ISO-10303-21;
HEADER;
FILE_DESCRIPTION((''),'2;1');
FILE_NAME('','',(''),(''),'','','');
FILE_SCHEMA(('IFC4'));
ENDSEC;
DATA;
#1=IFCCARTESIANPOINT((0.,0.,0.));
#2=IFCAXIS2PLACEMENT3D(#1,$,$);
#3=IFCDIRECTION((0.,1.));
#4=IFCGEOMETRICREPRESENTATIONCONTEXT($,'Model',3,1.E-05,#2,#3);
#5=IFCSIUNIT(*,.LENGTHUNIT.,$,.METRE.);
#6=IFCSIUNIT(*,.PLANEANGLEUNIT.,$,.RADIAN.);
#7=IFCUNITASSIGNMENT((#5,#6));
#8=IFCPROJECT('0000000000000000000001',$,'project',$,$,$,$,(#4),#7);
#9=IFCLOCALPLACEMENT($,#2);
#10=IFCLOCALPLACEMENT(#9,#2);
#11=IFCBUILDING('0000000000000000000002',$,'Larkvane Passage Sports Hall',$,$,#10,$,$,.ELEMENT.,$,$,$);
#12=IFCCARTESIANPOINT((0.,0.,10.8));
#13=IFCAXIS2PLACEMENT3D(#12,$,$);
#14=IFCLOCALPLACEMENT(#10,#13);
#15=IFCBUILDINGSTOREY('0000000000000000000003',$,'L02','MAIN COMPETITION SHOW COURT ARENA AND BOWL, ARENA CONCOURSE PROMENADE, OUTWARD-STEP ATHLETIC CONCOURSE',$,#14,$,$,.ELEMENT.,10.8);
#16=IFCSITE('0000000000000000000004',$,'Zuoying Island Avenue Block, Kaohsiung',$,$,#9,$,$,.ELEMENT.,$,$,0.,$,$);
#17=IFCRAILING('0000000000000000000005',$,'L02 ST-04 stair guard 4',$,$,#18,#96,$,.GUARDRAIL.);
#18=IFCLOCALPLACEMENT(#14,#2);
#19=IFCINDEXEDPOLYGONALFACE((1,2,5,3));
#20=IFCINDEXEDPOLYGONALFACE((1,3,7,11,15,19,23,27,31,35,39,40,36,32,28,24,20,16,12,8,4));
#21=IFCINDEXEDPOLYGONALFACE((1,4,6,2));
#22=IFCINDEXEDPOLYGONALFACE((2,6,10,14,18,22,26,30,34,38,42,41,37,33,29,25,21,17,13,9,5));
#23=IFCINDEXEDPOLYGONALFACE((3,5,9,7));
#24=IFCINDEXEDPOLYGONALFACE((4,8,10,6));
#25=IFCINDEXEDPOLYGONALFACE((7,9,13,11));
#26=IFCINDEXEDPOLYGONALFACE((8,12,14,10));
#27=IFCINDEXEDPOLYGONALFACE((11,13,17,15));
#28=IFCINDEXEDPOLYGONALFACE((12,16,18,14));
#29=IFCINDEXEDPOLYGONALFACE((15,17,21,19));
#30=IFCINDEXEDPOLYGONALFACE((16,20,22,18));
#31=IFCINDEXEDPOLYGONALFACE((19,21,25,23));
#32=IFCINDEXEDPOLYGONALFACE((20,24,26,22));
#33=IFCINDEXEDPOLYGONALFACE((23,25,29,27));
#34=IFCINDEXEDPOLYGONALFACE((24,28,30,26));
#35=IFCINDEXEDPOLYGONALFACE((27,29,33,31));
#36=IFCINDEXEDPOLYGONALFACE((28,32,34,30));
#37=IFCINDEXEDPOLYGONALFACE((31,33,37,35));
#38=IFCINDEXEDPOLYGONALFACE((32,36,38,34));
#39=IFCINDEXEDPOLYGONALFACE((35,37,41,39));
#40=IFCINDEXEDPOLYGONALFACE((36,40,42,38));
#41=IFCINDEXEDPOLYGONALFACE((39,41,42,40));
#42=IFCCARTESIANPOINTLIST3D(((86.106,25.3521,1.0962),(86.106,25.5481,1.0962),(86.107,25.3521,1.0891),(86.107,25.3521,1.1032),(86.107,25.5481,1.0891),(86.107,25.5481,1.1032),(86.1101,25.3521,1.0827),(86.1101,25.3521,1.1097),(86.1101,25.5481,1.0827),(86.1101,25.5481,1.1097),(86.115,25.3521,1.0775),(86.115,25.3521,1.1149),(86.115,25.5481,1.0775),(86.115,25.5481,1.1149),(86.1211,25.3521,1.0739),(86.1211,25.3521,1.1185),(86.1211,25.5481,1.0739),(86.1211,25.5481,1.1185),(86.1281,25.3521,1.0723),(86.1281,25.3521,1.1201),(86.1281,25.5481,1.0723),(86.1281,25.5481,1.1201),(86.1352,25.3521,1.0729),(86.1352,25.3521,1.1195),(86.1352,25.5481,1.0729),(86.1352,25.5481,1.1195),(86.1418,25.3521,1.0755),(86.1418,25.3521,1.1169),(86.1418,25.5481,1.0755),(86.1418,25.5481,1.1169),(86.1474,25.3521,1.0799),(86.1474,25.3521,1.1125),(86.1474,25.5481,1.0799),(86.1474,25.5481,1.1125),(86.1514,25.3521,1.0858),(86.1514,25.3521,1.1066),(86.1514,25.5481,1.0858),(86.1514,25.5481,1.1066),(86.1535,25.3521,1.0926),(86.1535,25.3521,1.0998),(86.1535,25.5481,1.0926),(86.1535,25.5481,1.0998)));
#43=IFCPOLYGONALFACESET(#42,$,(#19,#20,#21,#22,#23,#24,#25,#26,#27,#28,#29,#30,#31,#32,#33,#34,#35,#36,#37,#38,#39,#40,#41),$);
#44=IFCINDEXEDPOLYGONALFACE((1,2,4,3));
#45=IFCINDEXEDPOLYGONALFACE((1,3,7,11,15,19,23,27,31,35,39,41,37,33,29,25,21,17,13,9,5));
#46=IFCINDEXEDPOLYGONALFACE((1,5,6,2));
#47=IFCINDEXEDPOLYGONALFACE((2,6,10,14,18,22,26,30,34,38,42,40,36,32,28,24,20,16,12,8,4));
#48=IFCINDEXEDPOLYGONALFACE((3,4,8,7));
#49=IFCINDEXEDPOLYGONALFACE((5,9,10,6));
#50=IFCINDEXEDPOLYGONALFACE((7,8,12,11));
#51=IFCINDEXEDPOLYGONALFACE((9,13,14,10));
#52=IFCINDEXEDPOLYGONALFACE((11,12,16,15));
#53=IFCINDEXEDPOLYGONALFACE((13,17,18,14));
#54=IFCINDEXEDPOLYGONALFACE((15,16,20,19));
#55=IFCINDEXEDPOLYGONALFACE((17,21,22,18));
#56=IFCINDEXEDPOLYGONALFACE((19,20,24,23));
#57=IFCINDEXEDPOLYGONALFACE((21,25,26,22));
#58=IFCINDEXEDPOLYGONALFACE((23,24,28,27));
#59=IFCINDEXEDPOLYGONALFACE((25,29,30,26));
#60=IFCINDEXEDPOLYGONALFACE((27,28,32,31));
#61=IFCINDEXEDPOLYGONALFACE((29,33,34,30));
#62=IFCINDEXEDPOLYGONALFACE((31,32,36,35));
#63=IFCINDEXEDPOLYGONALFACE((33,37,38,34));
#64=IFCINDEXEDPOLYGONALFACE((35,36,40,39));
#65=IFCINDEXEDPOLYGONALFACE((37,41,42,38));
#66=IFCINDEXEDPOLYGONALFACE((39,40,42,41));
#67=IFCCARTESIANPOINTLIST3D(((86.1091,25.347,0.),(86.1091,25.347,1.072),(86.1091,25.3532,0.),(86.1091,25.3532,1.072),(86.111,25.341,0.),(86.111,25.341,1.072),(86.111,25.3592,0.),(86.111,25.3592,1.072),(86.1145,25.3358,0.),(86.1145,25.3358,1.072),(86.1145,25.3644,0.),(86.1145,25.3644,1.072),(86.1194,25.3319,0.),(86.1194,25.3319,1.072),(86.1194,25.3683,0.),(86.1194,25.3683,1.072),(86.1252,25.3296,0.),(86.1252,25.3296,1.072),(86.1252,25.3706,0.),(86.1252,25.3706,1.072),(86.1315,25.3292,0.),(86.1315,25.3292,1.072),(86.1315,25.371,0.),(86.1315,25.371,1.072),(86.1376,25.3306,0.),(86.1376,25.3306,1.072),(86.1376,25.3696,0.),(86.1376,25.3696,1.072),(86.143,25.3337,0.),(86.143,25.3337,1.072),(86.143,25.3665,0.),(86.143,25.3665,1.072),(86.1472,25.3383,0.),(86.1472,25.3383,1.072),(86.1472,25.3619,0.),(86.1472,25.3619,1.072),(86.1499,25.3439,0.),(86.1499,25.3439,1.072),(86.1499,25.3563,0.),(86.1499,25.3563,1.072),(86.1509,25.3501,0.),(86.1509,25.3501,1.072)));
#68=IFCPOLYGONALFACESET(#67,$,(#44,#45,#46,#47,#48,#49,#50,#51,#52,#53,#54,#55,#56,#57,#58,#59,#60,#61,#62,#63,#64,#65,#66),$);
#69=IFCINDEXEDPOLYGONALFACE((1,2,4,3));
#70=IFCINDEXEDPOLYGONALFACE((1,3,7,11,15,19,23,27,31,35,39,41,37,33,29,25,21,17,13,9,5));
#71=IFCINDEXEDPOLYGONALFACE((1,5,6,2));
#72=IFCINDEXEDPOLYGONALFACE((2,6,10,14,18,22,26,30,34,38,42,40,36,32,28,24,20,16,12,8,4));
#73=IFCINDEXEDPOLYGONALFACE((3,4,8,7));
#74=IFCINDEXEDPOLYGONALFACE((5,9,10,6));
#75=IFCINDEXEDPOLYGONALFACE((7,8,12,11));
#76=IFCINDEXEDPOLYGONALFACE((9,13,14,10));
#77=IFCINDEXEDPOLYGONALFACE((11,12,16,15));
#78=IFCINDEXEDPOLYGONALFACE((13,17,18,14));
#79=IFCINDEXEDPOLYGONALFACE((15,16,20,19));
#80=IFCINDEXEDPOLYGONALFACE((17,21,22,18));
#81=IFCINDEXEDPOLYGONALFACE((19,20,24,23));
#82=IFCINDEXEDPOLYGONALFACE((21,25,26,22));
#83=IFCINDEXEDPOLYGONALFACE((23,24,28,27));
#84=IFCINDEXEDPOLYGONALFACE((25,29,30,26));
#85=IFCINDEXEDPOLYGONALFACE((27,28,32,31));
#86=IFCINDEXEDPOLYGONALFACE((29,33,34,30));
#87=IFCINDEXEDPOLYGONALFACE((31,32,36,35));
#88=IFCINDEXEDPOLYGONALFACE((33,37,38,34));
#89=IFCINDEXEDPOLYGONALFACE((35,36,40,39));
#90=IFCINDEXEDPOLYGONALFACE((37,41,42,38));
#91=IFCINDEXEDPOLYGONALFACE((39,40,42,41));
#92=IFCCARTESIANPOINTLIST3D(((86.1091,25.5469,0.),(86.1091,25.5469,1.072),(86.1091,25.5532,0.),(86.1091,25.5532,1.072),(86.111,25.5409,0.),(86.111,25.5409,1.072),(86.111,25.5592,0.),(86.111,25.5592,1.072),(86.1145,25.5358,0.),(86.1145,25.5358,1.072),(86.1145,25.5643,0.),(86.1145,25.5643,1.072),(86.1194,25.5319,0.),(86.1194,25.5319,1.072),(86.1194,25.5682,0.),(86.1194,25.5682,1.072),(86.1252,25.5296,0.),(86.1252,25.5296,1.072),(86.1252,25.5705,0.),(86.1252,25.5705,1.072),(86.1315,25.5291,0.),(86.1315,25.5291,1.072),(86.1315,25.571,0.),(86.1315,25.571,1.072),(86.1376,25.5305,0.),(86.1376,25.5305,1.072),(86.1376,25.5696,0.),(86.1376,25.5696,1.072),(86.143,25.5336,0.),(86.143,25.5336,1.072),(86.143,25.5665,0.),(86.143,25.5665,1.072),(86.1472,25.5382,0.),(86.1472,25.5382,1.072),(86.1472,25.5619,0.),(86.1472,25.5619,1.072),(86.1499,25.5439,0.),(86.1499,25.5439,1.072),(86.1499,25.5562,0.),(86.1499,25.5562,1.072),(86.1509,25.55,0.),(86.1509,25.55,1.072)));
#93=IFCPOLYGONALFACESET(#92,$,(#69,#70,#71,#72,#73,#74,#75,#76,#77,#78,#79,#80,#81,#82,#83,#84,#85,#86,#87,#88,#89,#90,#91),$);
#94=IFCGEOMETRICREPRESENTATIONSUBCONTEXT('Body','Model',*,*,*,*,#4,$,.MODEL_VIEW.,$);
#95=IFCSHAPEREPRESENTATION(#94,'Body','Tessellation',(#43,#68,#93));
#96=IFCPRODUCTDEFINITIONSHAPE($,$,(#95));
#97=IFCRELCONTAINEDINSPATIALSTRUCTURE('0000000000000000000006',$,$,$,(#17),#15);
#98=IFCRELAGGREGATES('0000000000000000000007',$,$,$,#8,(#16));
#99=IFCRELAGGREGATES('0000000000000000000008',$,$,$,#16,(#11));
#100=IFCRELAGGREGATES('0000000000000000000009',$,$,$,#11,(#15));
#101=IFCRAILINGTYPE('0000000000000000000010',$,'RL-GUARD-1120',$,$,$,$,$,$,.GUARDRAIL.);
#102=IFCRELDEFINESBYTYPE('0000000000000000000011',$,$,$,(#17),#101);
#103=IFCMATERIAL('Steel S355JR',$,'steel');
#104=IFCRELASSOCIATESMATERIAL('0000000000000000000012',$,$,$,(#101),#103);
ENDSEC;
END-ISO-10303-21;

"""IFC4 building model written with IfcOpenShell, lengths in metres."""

from ifc_helpers import new_model, si_unit, direction, frame, origin, origin_2d, place, context, subcontext, project, spatial, circle, extrude, material, type_object, element, save


model = new_model("IFC4")

# Units and contexts
model_context = context("Model", 3, precision=1e-05, world=origin(), true_north=direction((0.0, 1.0)))
body_context = subcontext(model_context, "Body", "Model", "MODEL_VIEW")
ifc_project = project(units=[si_unit("LENGTHUNIT", "METRE"), si_unit("PLANEANGLEUNIT", "RADIAN")], contexts=[model_context])

# Site, building, storey
site_placement = place(None, origin())
site = spatial("IfcSite", under=ifc_project, at=site_placement, Name="Zuoying Island Avenue Block, Kaohsiung", CompositionType="ELEMENT", RefElevation=0.0)
building_placement = place(site_placement, origin())
building = spatial("IfcBuilding", under=site, at=building_placement, Name="Larkvane Passage Sports Hall", CompositionType="ELEMENT")
storey_placement = place(building_placement, frame((0.0, 0.0, 10.8)))
storey = spatial("IfcBuildingStorey", under=building, at=storey_placement, Name="L02", Description="MAIN COMPETITION SHOW COURT ARENA AND BOWL, ARENA CONCOURSE PROMENADE, OUTWARD-STEP ATHLETIC CONCOURSE", CompositionType="ELEMENT", Elevation=10.8)

# Shared definitions
ifc_material_1 = material(Name="Steel S355JR", Category="steel")

# Railing
railing_type_1 = type_object("IfcRailingType", Name="RL-GUARD-1120", PredefinedType="GUARDRAIL", material=ifc_material_1)
railing_1_placement = place(storey_placement, frame((86.1299, 25.3501, 0.0)))
element("IfcRailing", 1, at=railing_1_placement, inside=storey, type_object=railing_type_1, Name="L02 ST-04 stair guard 4", PredefinedType="GUARDRAIL", context=body_context, shape_type="SweptSolid", body=[
    extrude(circle(Radius=0.0239, at=origin_2d()), frame((0.0, 0.002, 1.0962), z_axis=(0.0, 1.0, 0.0), x_axis=(-1.0, 0.0, 0.0)), (0.0, 0.0, 1.0), 0.196),
    extrude(circle(Radius=0.021, at=origin_2d()), origin(), (0.0, 0.0, 1.0), 1.072),
    extrude(circle(Radius=0.021, at=origin_2d()), frame((0.0, 0.2, 0.0)), (0.0, 0.0, 1.0), 1.072),
])

save(model, "model.ifc")
